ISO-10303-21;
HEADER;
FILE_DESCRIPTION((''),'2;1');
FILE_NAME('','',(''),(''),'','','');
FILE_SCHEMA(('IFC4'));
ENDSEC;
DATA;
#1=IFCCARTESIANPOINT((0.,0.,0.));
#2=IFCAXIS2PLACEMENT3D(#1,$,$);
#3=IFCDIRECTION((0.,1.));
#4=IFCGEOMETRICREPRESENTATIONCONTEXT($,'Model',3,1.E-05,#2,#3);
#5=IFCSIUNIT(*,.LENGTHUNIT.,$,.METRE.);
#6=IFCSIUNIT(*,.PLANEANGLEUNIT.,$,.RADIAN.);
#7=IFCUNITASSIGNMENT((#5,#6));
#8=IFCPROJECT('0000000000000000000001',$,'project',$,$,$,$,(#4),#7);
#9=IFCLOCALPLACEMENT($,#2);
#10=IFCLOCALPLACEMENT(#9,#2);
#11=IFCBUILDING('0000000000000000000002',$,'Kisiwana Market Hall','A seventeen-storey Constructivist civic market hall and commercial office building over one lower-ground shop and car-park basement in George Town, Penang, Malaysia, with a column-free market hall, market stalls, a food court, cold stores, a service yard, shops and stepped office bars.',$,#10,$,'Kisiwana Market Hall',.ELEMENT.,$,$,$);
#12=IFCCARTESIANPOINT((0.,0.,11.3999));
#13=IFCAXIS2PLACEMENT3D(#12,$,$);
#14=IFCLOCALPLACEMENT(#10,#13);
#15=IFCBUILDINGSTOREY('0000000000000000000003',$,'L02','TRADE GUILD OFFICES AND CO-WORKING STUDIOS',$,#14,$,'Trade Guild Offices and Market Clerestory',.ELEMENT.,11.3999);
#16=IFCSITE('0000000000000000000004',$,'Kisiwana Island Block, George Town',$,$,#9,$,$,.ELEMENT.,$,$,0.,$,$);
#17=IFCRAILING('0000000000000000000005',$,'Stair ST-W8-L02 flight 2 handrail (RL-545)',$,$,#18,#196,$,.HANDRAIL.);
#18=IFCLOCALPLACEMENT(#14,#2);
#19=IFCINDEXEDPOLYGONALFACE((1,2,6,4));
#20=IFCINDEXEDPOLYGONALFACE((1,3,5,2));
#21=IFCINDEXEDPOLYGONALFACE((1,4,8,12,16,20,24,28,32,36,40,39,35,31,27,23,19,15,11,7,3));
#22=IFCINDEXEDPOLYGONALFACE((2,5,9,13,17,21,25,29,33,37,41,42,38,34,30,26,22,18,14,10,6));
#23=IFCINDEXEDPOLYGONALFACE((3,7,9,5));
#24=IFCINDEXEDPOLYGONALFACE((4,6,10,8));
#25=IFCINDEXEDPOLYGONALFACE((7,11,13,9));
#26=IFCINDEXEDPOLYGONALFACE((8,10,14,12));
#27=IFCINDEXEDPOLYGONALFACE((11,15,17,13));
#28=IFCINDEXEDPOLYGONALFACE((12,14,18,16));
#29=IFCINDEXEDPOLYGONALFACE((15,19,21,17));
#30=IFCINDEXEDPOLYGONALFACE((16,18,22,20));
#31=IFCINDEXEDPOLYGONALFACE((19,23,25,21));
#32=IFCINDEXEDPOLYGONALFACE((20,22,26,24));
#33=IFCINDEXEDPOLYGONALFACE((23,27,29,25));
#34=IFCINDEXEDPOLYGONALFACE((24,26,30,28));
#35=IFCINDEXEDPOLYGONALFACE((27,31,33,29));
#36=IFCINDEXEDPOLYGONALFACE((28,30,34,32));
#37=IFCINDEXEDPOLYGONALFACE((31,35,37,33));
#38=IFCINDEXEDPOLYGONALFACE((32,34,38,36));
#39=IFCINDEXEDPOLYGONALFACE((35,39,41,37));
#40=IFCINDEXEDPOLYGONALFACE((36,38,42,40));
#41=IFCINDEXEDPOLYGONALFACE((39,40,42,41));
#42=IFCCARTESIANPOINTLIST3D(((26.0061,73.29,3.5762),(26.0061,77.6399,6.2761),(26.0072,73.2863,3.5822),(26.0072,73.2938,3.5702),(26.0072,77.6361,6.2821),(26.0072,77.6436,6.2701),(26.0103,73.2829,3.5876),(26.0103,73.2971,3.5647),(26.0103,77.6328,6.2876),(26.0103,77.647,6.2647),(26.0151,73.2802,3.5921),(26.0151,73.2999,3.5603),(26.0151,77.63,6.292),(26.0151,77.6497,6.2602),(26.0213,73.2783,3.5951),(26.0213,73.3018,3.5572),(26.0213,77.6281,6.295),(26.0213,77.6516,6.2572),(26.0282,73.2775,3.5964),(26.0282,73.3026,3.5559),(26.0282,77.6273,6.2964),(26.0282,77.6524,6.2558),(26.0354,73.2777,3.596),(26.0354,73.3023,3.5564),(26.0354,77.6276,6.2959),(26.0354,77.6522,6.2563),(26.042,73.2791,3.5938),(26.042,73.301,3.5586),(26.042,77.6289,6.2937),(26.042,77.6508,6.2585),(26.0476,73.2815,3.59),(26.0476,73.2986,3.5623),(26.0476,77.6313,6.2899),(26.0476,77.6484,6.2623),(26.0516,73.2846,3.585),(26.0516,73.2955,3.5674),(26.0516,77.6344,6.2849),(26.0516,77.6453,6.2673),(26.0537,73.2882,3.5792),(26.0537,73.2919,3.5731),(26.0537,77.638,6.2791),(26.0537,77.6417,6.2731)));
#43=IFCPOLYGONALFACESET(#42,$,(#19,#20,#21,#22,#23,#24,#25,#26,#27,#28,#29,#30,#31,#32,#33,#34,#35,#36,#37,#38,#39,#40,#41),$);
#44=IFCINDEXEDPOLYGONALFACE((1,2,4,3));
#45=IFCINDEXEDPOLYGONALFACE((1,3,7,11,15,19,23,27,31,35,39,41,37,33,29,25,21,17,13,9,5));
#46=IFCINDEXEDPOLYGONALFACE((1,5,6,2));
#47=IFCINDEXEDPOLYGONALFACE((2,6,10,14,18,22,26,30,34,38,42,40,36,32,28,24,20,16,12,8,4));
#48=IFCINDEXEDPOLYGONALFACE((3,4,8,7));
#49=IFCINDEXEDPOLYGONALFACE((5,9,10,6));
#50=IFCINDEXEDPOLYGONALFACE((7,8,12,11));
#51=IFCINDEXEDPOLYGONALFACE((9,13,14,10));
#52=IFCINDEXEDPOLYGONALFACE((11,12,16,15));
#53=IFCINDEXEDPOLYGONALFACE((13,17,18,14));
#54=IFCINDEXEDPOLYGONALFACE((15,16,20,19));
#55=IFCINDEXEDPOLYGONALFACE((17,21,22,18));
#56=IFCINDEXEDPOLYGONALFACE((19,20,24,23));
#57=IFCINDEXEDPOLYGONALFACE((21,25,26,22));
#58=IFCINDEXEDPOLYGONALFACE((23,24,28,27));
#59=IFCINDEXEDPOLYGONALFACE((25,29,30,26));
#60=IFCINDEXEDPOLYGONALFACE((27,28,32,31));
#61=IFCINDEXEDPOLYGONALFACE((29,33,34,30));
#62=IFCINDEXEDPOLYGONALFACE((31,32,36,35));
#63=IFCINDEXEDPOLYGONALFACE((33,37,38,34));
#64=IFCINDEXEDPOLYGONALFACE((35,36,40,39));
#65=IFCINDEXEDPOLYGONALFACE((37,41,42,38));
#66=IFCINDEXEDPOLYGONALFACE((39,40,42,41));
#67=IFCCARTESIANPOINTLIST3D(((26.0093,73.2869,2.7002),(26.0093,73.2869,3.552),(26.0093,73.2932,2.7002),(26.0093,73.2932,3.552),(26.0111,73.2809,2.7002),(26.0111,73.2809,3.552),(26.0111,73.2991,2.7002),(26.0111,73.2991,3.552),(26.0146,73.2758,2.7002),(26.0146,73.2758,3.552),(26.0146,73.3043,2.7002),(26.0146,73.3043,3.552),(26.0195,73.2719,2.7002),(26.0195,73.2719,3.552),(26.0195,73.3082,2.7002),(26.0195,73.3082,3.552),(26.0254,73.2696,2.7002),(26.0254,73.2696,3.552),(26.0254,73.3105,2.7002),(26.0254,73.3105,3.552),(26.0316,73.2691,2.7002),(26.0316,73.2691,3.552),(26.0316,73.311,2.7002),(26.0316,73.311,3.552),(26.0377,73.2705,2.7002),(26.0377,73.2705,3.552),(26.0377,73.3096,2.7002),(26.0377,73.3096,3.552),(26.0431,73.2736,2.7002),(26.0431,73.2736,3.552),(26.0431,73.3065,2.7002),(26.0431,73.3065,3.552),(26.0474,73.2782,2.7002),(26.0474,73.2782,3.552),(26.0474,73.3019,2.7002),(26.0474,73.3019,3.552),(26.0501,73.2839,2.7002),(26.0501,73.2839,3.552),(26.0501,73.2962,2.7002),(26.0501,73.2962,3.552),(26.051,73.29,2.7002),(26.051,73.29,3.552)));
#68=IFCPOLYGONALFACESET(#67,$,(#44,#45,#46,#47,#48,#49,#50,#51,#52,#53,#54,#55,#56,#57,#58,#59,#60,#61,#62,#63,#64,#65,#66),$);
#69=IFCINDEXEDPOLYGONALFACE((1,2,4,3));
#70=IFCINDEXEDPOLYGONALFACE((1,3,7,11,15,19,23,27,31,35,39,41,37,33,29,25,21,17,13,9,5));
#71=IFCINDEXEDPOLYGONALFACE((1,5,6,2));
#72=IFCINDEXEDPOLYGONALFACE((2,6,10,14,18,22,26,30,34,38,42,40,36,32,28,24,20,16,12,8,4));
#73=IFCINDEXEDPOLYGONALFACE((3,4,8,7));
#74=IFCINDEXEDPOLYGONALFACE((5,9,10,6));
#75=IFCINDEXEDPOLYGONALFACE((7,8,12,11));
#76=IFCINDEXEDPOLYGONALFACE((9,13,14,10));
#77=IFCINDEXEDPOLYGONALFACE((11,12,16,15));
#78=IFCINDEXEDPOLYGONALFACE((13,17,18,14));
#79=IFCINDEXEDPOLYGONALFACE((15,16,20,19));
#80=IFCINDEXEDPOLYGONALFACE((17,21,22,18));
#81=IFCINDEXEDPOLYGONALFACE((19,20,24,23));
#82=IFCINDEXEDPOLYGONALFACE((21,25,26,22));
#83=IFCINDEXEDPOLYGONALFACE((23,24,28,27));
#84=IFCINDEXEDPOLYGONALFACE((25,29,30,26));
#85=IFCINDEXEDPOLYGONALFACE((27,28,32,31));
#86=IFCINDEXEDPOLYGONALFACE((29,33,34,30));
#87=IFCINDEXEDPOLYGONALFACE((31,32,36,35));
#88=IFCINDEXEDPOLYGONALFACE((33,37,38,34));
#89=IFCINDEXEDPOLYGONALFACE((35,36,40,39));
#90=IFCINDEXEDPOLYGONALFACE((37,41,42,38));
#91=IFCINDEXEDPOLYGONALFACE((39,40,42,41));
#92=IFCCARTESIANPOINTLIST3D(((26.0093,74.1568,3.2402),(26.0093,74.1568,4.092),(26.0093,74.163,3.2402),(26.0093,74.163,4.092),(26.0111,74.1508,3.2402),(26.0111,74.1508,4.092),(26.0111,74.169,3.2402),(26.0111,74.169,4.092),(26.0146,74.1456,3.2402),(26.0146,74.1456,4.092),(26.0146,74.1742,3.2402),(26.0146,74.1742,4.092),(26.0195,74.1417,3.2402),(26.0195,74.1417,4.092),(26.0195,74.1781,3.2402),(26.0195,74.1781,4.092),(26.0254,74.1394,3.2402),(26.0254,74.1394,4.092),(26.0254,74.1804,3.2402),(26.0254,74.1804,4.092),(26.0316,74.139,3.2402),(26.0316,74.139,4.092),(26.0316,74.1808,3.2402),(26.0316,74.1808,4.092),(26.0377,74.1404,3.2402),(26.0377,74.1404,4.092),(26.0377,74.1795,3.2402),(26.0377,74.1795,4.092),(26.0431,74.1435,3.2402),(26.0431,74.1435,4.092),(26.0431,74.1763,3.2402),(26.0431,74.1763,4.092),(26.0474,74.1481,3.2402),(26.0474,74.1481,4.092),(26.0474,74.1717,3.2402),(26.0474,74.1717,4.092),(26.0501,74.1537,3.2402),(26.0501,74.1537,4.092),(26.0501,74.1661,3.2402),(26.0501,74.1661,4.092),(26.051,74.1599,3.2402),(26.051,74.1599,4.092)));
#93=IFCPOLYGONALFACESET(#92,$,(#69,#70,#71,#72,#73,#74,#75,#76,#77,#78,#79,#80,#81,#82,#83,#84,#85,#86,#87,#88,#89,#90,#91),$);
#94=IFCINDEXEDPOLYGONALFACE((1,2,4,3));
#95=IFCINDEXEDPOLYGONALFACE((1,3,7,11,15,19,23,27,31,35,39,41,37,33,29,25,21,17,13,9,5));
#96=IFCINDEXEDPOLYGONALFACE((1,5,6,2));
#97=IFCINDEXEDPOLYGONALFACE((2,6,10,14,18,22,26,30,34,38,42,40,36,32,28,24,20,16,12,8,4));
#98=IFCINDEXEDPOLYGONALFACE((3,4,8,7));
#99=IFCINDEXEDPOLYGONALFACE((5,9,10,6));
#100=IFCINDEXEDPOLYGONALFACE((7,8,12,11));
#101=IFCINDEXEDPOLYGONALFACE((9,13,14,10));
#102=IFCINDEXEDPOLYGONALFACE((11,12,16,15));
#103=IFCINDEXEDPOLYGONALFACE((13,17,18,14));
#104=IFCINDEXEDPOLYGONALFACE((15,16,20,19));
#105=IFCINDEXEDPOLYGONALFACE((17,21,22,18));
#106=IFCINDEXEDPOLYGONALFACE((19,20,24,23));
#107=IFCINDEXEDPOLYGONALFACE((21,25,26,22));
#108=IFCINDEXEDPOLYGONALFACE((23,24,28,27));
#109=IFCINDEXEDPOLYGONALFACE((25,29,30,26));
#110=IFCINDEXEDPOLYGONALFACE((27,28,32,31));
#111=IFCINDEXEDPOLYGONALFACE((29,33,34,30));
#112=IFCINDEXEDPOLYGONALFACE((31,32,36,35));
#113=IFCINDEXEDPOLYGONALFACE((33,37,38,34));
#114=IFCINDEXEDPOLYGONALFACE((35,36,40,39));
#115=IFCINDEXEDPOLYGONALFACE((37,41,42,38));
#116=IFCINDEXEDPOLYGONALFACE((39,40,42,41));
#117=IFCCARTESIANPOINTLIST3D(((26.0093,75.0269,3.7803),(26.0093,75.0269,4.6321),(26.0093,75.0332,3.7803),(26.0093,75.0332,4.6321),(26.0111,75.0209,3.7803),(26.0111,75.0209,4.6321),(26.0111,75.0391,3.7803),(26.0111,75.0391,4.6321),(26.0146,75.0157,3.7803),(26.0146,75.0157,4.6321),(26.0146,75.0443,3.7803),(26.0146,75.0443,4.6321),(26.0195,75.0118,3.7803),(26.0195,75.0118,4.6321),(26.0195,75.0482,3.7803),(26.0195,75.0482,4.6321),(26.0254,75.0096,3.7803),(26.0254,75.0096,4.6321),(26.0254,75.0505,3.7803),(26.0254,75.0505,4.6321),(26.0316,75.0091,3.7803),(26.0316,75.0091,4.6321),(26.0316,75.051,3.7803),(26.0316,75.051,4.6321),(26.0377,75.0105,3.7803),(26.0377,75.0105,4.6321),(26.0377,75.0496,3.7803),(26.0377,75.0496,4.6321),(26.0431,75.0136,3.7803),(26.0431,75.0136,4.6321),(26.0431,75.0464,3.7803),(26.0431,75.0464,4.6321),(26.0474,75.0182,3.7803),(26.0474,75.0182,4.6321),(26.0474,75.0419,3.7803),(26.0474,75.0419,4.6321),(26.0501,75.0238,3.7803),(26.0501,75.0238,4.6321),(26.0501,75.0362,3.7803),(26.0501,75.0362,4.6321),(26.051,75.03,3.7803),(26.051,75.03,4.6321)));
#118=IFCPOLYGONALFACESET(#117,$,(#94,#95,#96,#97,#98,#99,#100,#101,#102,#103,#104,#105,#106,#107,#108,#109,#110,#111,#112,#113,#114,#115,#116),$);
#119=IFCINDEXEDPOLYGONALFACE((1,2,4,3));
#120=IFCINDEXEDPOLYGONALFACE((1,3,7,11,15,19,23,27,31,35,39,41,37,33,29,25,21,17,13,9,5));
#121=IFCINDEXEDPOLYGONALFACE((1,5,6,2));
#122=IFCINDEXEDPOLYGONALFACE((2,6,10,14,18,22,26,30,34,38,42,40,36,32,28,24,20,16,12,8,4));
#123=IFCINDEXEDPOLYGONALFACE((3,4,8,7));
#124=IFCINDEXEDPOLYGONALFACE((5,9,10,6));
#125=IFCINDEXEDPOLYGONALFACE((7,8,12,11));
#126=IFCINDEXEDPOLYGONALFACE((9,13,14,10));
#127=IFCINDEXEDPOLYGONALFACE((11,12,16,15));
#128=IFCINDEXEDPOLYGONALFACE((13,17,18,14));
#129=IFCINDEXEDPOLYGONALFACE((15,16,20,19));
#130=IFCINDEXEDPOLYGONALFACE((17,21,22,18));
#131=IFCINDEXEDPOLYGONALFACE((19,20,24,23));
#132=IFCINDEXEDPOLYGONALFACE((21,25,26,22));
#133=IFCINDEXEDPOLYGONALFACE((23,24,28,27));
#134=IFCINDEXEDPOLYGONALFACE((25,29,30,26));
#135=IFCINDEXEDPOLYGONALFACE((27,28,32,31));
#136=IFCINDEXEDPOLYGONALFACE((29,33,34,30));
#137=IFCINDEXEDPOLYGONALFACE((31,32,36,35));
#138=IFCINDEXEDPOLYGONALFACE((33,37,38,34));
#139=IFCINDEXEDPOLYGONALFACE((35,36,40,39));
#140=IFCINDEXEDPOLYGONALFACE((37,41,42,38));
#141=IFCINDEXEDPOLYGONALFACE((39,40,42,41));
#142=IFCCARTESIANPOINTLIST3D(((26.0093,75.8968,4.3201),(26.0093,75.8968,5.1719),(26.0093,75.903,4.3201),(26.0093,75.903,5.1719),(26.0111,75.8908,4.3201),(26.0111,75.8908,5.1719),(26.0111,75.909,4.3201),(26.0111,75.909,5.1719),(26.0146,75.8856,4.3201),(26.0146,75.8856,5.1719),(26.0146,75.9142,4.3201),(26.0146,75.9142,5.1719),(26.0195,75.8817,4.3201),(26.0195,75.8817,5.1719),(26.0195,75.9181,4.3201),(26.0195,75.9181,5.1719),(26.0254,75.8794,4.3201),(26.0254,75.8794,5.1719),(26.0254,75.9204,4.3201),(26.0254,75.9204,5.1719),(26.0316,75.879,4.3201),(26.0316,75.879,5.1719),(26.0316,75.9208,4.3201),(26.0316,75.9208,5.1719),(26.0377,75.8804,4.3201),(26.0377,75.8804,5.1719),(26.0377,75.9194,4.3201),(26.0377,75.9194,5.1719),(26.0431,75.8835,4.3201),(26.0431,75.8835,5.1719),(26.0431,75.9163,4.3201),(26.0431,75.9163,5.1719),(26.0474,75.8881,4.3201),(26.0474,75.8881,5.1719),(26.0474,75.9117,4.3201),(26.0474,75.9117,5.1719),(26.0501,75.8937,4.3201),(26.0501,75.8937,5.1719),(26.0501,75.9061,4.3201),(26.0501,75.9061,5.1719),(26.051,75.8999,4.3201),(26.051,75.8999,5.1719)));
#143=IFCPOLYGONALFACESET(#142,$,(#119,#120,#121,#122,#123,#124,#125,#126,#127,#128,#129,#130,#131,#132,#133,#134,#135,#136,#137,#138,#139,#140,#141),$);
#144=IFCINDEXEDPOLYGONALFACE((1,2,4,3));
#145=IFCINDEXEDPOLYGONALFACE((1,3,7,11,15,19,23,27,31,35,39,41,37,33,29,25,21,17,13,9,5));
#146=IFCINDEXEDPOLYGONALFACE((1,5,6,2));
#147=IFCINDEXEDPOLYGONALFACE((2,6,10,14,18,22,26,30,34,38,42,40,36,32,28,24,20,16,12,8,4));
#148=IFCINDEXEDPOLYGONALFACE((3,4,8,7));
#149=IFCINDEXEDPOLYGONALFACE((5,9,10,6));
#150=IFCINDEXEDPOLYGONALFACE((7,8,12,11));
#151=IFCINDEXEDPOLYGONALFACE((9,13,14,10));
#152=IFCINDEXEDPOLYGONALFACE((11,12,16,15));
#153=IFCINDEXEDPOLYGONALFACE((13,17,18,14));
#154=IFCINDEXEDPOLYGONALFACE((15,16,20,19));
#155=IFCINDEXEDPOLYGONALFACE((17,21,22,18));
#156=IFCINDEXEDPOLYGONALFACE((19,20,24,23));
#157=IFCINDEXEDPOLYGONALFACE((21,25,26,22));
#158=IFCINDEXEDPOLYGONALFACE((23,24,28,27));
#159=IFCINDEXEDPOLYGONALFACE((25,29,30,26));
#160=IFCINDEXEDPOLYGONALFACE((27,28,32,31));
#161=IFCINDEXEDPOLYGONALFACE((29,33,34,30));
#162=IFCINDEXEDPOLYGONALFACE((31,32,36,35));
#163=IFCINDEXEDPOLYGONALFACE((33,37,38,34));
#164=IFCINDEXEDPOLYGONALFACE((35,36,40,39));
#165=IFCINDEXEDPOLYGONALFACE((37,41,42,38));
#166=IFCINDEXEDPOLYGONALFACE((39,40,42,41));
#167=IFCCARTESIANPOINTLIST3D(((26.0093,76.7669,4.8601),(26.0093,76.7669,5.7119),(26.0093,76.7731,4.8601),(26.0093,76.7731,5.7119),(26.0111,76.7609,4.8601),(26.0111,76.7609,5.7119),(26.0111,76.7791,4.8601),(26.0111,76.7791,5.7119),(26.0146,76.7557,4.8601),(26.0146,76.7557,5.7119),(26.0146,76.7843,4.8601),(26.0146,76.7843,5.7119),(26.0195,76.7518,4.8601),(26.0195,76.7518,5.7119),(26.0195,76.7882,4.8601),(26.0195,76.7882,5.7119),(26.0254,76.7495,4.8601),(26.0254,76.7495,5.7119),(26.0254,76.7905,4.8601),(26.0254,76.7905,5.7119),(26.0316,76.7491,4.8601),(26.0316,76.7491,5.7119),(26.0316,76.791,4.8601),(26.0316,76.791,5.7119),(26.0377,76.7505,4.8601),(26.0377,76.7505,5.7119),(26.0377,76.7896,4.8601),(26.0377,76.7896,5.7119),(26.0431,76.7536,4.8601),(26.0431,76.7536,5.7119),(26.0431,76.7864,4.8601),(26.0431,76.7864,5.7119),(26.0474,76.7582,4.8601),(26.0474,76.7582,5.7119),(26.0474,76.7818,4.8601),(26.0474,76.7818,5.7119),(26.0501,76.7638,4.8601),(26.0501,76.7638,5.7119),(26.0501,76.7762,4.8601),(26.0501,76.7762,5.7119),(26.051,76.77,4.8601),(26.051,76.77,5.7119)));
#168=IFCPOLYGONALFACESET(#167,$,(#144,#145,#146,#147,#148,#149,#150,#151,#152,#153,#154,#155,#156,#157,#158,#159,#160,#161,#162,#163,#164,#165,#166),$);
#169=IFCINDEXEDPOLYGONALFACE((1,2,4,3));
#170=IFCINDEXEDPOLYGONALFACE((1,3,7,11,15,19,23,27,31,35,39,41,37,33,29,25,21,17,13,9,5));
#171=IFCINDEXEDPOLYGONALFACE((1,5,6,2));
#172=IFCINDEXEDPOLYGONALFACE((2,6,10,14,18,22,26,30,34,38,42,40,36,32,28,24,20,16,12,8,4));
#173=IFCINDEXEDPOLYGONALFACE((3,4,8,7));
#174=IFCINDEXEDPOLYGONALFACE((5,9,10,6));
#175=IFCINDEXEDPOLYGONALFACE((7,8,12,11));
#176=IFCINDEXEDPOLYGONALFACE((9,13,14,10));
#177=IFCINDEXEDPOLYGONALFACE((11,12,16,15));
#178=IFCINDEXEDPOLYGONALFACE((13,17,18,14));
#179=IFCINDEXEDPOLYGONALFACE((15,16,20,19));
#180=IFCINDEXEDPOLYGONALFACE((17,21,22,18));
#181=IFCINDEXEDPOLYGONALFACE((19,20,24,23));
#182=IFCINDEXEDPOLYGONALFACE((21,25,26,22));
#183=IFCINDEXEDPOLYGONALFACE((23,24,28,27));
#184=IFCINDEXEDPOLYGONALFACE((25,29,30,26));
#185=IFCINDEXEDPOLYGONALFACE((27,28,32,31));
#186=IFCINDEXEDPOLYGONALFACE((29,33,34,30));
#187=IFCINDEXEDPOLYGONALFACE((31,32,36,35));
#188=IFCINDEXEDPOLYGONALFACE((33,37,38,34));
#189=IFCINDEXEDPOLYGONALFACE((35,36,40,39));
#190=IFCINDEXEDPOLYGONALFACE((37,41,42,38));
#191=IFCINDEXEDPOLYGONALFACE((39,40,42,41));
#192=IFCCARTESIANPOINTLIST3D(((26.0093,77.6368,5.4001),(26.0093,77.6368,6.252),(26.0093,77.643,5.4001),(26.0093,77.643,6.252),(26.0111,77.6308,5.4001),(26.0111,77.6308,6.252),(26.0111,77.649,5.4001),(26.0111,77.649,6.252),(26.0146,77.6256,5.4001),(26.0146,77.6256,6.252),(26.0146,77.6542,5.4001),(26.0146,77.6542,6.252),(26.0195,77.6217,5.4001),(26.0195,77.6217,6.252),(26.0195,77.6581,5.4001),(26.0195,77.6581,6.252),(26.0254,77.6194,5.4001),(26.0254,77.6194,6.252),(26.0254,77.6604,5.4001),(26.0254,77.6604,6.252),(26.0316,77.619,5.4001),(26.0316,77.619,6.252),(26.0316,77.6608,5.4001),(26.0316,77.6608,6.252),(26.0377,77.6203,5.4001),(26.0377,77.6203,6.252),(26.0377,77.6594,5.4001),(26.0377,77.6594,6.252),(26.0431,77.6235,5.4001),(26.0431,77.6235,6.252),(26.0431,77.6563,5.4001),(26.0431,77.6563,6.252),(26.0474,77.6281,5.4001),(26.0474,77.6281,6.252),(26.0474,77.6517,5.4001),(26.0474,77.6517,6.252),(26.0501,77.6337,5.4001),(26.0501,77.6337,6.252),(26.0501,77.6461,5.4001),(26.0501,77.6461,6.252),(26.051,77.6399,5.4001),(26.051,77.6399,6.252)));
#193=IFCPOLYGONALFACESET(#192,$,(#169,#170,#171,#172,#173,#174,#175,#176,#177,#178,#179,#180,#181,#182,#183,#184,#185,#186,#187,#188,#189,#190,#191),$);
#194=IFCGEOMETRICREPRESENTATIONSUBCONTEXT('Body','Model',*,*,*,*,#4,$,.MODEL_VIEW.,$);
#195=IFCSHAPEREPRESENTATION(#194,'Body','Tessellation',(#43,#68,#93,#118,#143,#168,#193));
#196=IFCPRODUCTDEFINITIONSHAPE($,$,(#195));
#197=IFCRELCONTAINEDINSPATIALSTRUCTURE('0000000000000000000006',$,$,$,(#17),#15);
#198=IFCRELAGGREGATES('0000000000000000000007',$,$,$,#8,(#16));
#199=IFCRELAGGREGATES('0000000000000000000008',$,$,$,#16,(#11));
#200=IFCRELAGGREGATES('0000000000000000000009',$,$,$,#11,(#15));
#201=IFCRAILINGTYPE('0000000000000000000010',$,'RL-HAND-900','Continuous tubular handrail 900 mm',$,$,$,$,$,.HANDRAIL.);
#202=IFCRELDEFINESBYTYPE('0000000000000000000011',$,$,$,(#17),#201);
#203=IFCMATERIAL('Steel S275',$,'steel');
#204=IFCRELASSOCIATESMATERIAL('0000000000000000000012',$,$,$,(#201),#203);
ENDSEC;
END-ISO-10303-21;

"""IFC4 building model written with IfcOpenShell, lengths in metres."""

from ifc_helpers import new_model, si_unit, direction, frame, origin, origin_2d, place, context, subcontext, project, spatial, circle, extrude, material, type_object, element, save


model = new_model("IFC4")

# Units and contexts
model_context = context("Model", 3, precision=1e-05, world=origin(), true_north=direction((0.0, 1.0)))
body_context = subcontext(model_context, "Body", "Model", "MODEL_VIEW")
ifc_project = project(units=[si_unit("LENGTHUNIT", "METRE"), si_unit("PLANEANGLEUNIT", "RADIAN")], contexts=[model_context])

# Site, building, storey
site_placement = place(None, origin())
site = spatial("IfcSite", under=ifc_project, at=site_placement, Name="Kisiwana Island Block, George Town", CompositionType="ELEMENT", RefElevation=0.0)
building_placement = place(site_placement, origin())
building = spatial("IfcBuilding", under=site, at=building_placement, Name="Kisiwana Market Hall", Description="A seventeen-storey Constructivist civic market hall and commercial office building over one lower-ground shop and car-park basement in George Town, Penang, Malaysia, with a column-free market hall, market stalls, a food court, cold stores, a service yard, shops and stepped office bars.", LongName="Kisiwana Market Hall", CompositionType="ELEMENT")
storey_placement = place(building_placement, frame((0.0, 0.0, 11.3999)))
storey = spatial("IfcBuildingStorey", under=building, at=storey_placement, Name="L02", Description="TRADE GUILD OFFICES AND CO-WORKING STUDIOS", LongName="Trade Guild Offices and Market Clerestory", CompositionType="ELEMENT", Elevation=11.3999)

# Railing
ifc_material_1 = material(Name="Steel S275", Category="steel")
railing_type_1 = type_object("IfcRailingType", Name="RL-HAND-900", Description="Continuous tubular handrail 900 mm", PredefinedType="HANDRAIL", material=ifc_material_1)
railing_1_placement = place(storey_placement, frame((26.03, 73.29, 2.7002)))
element("IfcRailing", 1, at=railing_1_placement, inside=storey, type_object=railing_type_1, Name="Stair ST-W8-L02 flight 2 handrail (RL-545)", PredefinedType="HANDRAIL", context=body_context, shape_type="SweptSolid", body=[
    extrude(circle(Radius=0.0239, at=origin_2d()), frame((0.0, 0.0, 0.876), z_axis=(0.0, 0.849636, 0.527369), x_axis=(-1.0, 0.0, 0.0)), (0.0, 0.0, 1.0), 5.1196),
    extrude(circle(Radius=0.021, at=origin_2d()), origin(), (0.0, 0.0, 1.0), 0.8518),
    extrude(circle(Radius=0.021, at=origin_2d()), frame((0.0, 0.8699, 0.54)), (0.0, 0.0, 1.0), 0.8518),
    extrude(circle(Radius=0.021, at=origin_2d()), frame((0.0, 1.74, 1.0801)), (0.0, 0.0, 1.0), 0.8518),
    extrude(circle(Radius=0.021, at=origin_2d()), frame((0.0, 2.6099, 1.6199)), (0.0, 0.0, 1.0), 0.8518),
    extrude(circle(Radius=0.021, at=origin_2d()), frame((0.0, 3.48, 2.1599)), (0.0, 0.0, 1.0), 0.8518),
    extrude(circle(Radius=0.021, at=origin_2d()), frame((0.0, 4.3499, 2.7)), (0.0, 0.0, 1.0), 0.8518),
])

save(model, "model.ifc")
